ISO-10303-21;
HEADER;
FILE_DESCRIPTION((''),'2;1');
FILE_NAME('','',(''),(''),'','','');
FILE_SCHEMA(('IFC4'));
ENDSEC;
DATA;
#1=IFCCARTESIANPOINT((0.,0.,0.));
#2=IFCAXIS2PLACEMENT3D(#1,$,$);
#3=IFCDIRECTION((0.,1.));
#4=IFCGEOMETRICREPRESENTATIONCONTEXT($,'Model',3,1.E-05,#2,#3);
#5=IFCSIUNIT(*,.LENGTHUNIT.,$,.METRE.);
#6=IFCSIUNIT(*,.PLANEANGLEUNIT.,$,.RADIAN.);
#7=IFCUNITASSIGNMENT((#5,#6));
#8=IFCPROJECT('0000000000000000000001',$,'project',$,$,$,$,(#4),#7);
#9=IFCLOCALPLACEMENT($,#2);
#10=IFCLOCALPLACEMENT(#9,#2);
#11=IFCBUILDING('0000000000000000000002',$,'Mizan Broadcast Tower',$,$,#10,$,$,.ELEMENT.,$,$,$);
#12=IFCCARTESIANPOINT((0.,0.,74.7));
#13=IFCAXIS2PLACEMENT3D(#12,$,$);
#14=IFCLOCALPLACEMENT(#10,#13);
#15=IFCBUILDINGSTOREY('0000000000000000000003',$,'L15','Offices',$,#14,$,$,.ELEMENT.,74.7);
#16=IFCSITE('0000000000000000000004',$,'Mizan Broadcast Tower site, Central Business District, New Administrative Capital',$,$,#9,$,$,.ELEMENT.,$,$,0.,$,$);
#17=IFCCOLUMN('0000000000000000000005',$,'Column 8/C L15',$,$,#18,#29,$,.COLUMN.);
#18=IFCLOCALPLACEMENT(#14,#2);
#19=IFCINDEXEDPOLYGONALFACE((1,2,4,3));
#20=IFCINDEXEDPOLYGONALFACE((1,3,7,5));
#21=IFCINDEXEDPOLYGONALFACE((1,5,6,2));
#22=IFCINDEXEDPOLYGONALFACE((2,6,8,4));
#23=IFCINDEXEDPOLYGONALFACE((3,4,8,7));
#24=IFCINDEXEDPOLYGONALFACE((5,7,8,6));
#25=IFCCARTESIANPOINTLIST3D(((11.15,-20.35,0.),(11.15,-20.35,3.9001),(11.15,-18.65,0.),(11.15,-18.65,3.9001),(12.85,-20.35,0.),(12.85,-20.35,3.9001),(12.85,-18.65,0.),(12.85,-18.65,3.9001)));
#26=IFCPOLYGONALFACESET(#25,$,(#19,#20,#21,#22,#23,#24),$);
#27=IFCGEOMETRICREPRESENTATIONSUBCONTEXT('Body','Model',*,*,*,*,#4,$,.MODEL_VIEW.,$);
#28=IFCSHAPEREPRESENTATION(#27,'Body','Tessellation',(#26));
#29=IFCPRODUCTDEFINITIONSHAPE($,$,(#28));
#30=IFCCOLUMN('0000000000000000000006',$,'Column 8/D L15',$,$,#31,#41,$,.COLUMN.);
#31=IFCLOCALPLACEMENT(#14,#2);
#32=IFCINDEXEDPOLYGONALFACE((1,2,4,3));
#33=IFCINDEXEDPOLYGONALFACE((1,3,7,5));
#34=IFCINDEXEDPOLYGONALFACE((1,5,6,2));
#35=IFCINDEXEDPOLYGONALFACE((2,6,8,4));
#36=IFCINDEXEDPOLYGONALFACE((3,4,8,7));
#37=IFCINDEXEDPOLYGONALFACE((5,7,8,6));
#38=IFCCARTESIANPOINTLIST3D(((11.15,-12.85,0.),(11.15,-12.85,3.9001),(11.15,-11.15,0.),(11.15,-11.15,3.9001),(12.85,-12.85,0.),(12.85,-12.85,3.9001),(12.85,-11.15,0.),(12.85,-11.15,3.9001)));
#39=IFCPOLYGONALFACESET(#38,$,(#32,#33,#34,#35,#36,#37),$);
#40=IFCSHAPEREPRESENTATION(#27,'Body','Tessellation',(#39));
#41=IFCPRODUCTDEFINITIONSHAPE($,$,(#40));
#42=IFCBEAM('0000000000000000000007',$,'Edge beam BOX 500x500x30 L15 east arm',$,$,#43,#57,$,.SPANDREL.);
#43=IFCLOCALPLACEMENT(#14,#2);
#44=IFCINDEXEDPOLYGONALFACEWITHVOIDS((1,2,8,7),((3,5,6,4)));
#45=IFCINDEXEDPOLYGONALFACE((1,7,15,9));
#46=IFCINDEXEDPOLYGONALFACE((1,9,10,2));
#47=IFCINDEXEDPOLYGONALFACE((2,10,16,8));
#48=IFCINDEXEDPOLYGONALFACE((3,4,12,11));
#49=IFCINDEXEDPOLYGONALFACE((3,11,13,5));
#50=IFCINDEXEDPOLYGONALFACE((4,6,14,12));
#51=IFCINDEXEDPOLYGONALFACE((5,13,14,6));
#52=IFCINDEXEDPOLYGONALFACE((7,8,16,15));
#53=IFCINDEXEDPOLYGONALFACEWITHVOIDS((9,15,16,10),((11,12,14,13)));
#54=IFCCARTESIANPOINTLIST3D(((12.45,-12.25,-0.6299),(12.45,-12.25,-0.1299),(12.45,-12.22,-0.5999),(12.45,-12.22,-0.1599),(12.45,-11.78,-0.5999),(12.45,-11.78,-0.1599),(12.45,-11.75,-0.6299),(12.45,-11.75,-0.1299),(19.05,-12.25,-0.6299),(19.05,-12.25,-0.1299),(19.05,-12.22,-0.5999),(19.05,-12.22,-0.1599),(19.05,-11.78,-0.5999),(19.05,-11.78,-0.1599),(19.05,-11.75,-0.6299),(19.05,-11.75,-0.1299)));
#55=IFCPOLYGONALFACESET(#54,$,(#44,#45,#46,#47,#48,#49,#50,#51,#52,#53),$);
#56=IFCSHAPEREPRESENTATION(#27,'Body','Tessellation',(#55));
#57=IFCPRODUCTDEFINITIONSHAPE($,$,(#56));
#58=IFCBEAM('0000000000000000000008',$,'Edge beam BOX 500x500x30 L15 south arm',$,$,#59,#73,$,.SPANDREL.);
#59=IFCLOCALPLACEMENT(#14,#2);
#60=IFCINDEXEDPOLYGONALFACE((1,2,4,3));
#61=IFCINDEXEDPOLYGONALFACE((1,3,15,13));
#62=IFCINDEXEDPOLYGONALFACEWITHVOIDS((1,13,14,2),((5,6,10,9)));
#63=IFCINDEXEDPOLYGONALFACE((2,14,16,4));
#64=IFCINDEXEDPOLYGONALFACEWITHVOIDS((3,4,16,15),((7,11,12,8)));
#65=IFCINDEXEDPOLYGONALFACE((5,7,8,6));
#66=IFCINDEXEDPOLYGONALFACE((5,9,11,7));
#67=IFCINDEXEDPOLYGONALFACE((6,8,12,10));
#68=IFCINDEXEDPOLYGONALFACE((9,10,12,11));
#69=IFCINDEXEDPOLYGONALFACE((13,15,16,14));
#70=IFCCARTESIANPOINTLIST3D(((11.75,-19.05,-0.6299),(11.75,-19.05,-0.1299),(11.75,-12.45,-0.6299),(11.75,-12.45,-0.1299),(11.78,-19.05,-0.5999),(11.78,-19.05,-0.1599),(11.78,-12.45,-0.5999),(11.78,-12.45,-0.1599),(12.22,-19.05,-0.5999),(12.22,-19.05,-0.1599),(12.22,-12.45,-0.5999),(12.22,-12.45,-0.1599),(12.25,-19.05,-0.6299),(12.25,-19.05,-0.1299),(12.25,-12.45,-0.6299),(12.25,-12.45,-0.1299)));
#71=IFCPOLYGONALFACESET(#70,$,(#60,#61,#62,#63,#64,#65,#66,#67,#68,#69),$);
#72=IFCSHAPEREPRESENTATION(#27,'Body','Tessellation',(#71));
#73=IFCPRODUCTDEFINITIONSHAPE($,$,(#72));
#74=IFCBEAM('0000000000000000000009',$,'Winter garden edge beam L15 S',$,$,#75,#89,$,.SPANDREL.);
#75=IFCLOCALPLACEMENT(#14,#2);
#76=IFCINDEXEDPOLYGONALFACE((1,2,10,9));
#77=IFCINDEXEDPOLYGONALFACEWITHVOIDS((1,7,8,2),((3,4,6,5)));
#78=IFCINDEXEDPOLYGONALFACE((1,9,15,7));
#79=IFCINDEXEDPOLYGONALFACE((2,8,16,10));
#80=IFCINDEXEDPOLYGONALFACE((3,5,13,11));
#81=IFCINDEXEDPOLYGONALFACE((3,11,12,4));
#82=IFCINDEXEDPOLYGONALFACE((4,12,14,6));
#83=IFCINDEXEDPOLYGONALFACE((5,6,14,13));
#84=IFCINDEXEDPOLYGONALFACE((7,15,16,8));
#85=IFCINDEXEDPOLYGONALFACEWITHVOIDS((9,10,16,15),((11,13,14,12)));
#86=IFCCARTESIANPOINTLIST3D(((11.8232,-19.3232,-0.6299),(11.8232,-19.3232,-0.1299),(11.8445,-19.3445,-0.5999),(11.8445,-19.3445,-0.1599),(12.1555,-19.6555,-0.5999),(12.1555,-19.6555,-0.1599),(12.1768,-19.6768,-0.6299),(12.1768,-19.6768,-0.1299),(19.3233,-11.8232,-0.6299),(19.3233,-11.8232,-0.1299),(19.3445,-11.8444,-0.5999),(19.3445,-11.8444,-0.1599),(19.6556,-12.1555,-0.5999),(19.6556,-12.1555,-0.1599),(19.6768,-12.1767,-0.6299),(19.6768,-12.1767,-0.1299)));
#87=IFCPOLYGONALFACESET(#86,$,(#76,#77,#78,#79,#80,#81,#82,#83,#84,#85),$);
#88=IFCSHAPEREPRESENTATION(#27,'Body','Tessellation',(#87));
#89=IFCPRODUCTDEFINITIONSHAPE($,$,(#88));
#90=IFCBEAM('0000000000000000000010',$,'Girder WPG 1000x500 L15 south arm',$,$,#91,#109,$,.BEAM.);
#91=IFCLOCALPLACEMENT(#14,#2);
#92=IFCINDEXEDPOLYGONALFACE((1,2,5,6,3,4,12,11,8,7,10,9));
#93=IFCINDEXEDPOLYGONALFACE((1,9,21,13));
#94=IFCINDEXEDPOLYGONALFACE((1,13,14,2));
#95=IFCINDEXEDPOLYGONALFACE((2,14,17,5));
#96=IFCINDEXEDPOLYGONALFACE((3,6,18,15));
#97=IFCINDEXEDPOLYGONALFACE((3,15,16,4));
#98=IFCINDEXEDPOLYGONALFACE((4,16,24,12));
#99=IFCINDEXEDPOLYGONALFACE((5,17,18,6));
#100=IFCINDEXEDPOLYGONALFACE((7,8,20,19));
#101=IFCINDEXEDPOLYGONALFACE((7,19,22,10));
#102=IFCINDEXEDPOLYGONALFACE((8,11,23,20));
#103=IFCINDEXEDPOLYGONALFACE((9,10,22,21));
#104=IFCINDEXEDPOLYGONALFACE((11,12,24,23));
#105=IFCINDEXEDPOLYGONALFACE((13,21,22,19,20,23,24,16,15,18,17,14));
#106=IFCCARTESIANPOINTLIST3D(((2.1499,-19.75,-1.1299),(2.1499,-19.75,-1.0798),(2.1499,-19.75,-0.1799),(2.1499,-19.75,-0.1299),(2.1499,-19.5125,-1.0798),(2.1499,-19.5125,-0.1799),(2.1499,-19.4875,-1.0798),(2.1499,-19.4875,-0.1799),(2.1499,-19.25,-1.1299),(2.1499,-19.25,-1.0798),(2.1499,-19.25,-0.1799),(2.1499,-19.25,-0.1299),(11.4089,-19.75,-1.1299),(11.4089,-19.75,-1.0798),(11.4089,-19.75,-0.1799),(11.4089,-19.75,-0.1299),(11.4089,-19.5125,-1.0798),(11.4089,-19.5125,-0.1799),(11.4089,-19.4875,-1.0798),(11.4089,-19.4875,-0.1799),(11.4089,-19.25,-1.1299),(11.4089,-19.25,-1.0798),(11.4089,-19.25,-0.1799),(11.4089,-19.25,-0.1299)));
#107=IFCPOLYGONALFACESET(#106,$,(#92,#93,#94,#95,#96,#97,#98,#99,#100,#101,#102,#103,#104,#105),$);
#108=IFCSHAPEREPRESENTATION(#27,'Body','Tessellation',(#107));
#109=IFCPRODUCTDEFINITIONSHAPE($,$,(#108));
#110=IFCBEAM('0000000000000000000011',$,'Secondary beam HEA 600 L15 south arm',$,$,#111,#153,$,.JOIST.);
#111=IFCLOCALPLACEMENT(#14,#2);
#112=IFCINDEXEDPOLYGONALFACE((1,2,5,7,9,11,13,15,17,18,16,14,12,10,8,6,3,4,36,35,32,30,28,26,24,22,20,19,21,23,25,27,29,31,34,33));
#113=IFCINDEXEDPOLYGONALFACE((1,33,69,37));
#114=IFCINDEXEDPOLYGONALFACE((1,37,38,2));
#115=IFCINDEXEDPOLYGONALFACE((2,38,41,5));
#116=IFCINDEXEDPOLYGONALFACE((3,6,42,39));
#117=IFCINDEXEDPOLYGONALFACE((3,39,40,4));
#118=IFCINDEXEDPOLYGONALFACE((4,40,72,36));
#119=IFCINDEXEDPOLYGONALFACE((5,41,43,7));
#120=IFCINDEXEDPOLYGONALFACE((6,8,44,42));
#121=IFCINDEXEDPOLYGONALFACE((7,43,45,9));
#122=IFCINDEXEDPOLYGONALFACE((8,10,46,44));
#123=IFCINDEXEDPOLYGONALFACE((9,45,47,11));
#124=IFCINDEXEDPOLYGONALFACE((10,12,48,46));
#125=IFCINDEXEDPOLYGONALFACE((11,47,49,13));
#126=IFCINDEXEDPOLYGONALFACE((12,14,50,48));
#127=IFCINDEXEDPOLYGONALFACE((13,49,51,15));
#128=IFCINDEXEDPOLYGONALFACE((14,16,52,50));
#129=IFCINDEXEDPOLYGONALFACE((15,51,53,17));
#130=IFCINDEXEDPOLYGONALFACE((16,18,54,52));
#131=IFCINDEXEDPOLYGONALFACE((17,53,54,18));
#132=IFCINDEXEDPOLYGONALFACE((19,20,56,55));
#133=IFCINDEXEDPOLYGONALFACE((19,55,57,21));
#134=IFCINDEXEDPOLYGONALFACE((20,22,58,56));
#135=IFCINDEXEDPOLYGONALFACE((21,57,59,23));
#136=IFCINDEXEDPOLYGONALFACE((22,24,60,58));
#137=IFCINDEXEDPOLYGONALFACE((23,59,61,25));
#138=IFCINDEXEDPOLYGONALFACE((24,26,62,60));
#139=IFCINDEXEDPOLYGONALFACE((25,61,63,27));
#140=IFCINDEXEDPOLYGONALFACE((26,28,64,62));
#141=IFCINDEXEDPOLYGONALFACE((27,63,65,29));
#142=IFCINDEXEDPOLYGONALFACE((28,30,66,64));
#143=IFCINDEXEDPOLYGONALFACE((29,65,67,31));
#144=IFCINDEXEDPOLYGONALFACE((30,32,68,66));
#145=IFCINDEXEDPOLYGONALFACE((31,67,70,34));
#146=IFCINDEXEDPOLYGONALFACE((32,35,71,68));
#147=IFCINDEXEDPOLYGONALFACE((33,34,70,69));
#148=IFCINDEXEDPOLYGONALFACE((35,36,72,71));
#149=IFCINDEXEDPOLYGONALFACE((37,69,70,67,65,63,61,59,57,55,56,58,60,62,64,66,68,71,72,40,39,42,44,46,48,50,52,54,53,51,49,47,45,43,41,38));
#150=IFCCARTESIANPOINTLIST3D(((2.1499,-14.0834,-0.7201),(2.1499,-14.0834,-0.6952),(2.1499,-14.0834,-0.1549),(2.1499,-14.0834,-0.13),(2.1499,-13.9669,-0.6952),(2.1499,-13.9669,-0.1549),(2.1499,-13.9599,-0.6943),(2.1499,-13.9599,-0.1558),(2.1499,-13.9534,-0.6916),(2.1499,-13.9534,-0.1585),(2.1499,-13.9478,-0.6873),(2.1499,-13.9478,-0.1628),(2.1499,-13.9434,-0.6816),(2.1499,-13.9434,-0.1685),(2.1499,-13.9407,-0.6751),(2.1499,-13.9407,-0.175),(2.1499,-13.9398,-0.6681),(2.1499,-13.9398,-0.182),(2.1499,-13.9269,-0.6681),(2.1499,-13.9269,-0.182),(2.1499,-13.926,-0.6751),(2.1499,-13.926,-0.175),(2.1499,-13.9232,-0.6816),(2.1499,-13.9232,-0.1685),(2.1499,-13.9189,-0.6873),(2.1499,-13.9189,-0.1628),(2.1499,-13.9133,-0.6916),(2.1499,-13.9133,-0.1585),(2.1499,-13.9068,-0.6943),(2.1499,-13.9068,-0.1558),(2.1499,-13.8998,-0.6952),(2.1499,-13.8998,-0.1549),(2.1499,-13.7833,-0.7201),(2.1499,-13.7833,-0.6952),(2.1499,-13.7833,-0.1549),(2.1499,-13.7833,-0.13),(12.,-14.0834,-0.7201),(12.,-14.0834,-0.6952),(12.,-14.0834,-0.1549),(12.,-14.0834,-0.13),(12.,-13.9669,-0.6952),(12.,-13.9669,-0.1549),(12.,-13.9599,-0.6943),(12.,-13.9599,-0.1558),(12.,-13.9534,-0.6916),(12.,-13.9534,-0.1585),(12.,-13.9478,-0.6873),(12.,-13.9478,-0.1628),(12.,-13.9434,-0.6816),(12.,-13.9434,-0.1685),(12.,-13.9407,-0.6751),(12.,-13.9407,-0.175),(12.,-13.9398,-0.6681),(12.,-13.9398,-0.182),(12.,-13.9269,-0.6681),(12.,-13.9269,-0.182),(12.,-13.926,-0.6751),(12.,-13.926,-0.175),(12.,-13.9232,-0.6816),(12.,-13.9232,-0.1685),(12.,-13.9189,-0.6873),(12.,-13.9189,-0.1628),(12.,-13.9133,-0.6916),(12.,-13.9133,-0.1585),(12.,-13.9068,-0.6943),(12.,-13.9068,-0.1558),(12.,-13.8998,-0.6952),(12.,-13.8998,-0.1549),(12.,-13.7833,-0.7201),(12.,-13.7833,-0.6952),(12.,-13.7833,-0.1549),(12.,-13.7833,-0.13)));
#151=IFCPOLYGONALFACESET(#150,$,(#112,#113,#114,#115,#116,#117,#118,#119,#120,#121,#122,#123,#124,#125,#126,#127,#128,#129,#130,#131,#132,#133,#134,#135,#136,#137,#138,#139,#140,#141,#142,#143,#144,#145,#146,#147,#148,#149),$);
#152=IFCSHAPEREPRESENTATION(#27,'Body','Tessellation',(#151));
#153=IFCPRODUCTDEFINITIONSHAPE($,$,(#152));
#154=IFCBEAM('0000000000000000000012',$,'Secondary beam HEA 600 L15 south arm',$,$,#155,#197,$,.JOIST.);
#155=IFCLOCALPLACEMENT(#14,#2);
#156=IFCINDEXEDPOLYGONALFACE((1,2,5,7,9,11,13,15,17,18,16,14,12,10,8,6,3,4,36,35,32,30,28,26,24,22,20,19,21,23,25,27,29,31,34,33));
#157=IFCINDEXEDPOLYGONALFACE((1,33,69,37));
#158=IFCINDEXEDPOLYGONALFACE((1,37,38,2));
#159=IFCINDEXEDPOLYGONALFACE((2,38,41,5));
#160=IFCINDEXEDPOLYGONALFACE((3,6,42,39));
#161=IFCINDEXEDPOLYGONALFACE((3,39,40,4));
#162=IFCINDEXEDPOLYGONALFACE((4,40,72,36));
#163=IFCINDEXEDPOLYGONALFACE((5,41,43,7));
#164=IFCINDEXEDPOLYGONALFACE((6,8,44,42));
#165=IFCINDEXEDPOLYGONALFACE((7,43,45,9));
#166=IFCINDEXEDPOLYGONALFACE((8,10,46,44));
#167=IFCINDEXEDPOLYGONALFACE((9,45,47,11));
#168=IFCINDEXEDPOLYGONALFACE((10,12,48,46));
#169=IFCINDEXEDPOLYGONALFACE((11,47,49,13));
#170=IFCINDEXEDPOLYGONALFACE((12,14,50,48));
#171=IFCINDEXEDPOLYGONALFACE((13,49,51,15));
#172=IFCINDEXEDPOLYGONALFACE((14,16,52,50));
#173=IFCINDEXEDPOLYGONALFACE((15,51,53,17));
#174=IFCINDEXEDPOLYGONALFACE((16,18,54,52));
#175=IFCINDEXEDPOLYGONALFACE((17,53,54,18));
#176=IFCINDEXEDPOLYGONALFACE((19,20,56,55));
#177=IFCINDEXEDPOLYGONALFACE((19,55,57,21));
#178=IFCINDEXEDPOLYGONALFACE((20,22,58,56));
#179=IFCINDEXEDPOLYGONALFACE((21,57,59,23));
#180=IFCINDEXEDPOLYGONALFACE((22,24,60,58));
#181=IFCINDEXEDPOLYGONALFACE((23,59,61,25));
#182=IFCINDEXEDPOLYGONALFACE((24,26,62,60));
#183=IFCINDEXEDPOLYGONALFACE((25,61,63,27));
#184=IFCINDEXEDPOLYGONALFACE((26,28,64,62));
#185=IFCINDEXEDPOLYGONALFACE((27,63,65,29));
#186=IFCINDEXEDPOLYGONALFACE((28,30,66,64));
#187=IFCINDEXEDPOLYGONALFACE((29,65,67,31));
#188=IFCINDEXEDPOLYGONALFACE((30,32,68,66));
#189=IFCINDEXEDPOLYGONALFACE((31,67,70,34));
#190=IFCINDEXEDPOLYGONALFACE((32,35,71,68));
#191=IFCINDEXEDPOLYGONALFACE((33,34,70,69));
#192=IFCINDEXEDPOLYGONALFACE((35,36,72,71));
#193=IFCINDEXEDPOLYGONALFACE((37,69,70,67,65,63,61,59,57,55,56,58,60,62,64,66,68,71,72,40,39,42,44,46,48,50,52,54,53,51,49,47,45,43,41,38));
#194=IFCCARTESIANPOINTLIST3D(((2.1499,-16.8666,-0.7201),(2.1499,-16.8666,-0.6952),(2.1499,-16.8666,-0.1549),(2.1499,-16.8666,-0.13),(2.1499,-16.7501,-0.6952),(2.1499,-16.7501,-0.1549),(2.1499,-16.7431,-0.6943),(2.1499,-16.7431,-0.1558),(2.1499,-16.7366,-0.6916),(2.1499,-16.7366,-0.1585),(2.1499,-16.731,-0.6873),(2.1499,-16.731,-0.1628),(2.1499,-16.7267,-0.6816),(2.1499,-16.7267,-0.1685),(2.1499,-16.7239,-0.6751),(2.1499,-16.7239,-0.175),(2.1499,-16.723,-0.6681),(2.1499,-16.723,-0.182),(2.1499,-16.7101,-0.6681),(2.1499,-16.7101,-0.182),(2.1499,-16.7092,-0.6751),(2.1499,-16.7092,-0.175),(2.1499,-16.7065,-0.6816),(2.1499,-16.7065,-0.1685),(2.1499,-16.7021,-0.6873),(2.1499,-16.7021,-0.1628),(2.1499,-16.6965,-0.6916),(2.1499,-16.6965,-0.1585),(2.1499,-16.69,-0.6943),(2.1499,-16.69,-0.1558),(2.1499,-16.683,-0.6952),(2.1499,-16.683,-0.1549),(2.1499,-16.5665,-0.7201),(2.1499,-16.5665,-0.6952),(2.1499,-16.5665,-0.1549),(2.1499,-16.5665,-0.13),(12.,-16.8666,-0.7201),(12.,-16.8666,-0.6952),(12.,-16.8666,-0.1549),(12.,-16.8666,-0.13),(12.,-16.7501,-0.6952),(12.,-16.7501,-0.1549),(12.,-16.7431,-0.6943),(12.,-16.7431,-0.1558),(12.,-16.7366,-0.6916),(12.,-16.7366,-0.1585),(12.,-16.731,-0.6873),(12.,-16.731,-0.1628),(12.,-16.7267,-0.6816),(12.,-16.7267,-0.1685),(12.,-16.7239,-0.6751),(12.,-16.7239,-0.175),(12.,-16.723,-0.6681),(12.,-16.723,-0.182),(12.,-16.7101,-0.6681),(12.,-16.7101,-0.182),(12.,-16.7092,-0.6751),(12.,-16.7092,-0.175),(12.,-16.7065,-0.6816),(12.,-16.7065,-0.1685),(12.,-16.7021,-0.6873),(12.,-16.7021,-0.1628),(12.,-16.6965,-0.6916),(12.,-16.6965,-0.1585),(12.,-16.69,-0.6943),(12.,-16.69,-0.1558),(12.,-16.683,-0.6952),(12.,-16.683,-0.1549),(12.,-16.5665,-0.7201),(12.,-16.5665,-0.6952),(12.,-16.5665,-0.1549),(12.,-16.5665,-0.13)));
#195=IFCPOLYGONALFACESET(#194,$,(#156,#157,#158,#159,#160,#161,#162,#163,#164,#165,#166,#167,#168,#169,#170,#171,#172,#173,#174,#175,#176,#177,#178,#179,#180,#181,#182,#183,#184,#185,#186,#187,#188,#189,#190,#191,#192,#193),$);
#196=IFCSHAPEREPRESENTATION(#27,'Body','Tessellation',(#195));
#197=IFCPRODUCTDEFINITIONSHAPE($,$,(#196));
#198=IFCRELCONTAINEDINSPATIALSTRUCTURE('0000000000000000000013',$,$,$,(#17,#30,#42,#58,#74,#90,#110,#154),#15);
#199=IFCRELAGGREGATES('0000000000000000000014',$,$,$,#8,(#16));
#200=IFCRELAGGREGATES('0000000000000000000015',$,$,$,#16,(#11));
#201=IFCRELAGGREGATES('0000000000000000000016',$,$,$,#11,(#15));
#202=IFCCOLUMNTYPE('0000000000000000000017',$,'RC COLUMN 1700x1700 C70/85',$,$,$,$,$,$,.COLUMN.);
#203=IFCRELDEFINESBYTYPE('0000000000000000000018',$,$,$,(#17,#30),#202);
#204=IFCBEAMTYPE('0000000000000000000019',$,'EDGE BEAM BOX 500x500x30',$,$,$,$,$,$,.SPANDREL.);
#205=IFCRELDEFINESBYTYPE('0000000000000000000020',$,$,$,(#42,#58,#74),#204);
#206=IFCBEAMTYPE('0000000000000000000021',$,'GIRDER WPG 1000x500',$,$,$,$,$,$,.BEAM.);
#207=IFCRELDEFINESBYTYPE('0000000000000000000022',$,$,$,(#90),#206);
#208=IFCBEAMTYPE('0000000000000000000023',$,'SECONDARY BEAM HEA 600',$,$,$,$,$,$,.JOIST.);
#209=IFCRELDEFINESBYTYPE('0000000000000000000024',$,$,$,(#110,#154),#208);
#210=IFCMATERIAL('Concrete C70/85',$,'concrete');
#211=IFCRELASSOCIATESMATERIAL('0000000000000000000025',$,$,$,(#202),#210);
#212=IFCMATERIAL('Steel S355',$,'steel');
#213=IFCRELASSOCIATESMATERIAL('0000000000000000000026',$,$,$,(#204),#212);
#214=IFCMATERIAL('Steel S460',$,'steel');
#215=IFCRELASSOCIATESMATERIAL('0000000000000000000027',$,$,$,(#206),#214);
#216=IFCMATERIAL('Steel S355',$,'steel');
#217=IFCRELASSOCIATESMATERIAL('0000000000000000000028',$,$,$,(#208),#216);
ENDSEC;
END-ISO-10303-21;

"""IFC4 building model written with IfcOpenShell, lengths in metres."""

from ifc_helpers import new_model, si_unit, direction, frame, origin, origin_2d, place, context, subcontext, project, spatial, rectangle, hollow_rectangle, i_section, extrude, material, material_profile, profile_set, type_object, element, save


model = new_model("IFC4")

# Units and contexts
model_context = context("Model", 3, precision=1e-05, world=origin(), true_north=direction((0.0, 1.0)))
body_context = subcontext(model_context, "Body", "Model", "MODEL_VIEW")
ifc_project = project(units=[si_unit("LENGTHUNIT", "METRE"), si_unit("PLANEANGLEUNIT", "RADIAN")], contexts=[model_context])

# Site, building, storey
site_placement = place(None, origin())
site = spatial("IfcSite", under=ifc_project, at=site_placement, Name="Mizan Broadcast Tower site, Central Business District, New Administrative Capital", CompositionType="ELEMENT", RefElevation=0.0)
building_placement = place(site_placement, origin())
building = spatial("IfcBuilding", under=site, at=building_placement, Name="Mizan Broadcast Tower", CompositionType="ELEMENT")
storey_placement = place(building_placement, frame((0.0, 0.0, 74.7)))
storey = spatial("IfcBuildingStorey", under=building, at=storey_placement, Name="L15", Description="Offices", CompositionType="ELEMENT", Elevation=74.7)

# Columns
ifc_material_1 = material(Name="Concrete C70/85", Category="concrete")
ifc_material_profile_1 = material_profile(ifc_material_1, rectangle(XDim=1.7, YDim=1.7, at=origin_2d()), Name="RC 1700x1700")
ifc_profile_set_1 = profile_set([ifc_material_profile_1], Name="Concrete C70/85")
column_type = type_object("IfcColumnType", Name="RC COLUMN 1700x1700 C70/85", PredefinedType="COLUMN", material=ifc_profile_set_1)
for number, where, z_axis, x_axis, name in (
    (1, (12.0, -19.5, 0.0), (0.0, 0.0, 1.0), (1.0, 0.0, 0.0), "Column 8/C L15"),
    (2, (12.0, -12.0, 0.0), (0.0, 0.0, 1.0), (1.0, 0.0, 0.0), "Column 8/D L15"),
):
    element("IfcColumn", number, at=place(storey_placement, frame(where, z_axis=z_axis, x_axis=x_axis)), inside=storey, type_object=column_type, Name=name, PredefinedType="COLUMN", context=body_context, shape_type="SweptSolid", body=[
        extrude(rectangle(XDim=1.7, YDim=1.7, at=origin_2d()), origin(), (0.0, 0.0, 1.0), 3.9001),
    ])

# Beams
ifc_material_2 = material(Name="Steel S355", Category="steel")
ifc_material_profile_2 = material_profile(ifc_material_2, hollow_rectangle(XDim=0.5, YDim=0.5, WallThickness=0.03, at=origin_2d()), Name="BOX 500x500x30")
ifc_profile_set_2 = profile_set([ifc_material_profile_2], Name="Steel S355")
beam_type_1 = type_object("IfcBeamType", Name="EDGE BEAM BOX 500x500x30", PredefinedType="SPANDREL", material=ifc_profile_set_2)
for number, where, z_axis, x_axis, name in (
    (3, (12.45, -12.0, -0.3799), (1.0, 0.0, 0.0), (0.0, 1.0, 0.0), "Edge beam BOX 500x500x30 L15 east arm"),
    (4, (12.0, -12.45, -0.3799), (0.0, -1.0, 0.0), (1.0, 0.0, 0.0), "Edge beam BOX 500x500x30 L15 south arm"),
):
    element("IfcBeam", number, at=place(storey_placement, frame(where, z_axis=z_axis, x_axis=x_axis)), inside=storey, type_object=beam_type_1, Name=name, PredefinedType="SPANDREL", context=body_context, shape_type="SweptSolid", body=[
        extrude(hollow_rectangle(XDim=0.5, YDim=0.5, WallThickness=0.03, at=origin_2d()), origin(), (0.0, 0.0, 1.0), 6.6001),
    ])
beam_1_placement = place(storey_placement, frame((12.0, -19.5, -0.3799), z_axis=(0.707107, 0.707107, 0.0), x_axis=(-0.707107, 0.707107, 0.0)))
element("IfcBeam", 5, at=beam_1_placement, inside=storey, type_object=beam_type_1, Name="Winter garden edge beam L15 S", PredefinedType="SPANDREL", context=body_context, shape_type="SweptSolid", body=[
    extrude(hollow_rectangle(XDim=0.5, YDim=0.5, WallThickness=0.03, at=origin_2d()), origin(), (0.0, 0.0, 1.0), 10.6067),
])
ifc_material_3 = material(Name="Steel S460", Category="steel")
ifc_material_profile_3 = material_profile(ifc_material_3, i_section(OverallWidth=0.5, OverallDepth=1.0, WebThickness=0.0249, FlangeThickness=0.05, at=origin_2d()), Name="WPG 1000x500")
ifc_profile_set_3 = profile_set([ifc_material_profile_3], Name="Steel S460")
beam_type_2 = type_object("IfcBeamType", Name="GIRDER WPG 1000x500", PredefinedType="BEAM", material=ifc_profile_set_3)
beam_2_placement = place(storey_placement, frame((11.4089, -19.5, -0.6299), z_axis=(-1.0, 0.0, 0.0), x_axis=(0.0, -1.0, 0.0)))
element("IfcBeam", 6, at=beam_2_placement, inside=storey, type_object=beam_type_2, Name="Girder WPG 1000x500 L15 south arm", PredefinedType="BEAM", context=body_context, shape_type="SweptSolid", body=[
    extrude(i_section(OverallWidth=0.5, OverallDepth=1.0, WebThickness=0.0249, FlangeThickness=0.05, at=origin_2d()), origin(), (0.0, 0.0, 1.0), 9.259),
])
ifc_material_4 = material(Name="Steel S355", Category="steel")
ifc_material_profile_4 = material_profile(ifc_material_4, i_section(OverallWidth=0.3, OverallDepth=0.5901, WebThickness=0.0129, FlangeThickness=0.0249, FilletRadius=0.0271, at=origin_2d()), Name="HEA 600")
ifc_profile_set_4 = profile_set([ifc_material_profile_4], Name="Steel S355")
beam_type_3 = type_object("IfcBeamType", Name="SECONDARY BEAM HEA 600", PredefinedType="JOIST", material=ifc_profile_set_4)
for number, where, z_axis, x_axis, name in (
    (7, (12.0, -13.9333, -0.425), (-1.0, 0.0, 0.0), (0.0, -1.0, 0.0), "Secondary beam HEA 600 L15 south arm"),
    (8, (12.0, -16.7166, -0.425), (-1.0, 0.0, 0.0), (0.0, -1.0, 0.0), "Secondary beam HEA 600 L15 south arm"),
):
    element("IfcBeam", number, at=place(storey_placement, frame(where, z_axis=z_axis, x_axis=x_axis)), inside=storey, type_object=beam_type_3, Name=name, PredefinedType="JOIST", context=body_context, shape_type="SweptSolid", body=[
        extrude(i_section(OverallWidth=0.3, OverallDepth=0.5901, WebThickness=0.0129, FlangeThickness=0.0249, FilletRadius=0.0271, at=origin_2d()), origin(), (0.0, 0.0, 1.0), 9.8501),
    ])

save(model, "model.ifc")
